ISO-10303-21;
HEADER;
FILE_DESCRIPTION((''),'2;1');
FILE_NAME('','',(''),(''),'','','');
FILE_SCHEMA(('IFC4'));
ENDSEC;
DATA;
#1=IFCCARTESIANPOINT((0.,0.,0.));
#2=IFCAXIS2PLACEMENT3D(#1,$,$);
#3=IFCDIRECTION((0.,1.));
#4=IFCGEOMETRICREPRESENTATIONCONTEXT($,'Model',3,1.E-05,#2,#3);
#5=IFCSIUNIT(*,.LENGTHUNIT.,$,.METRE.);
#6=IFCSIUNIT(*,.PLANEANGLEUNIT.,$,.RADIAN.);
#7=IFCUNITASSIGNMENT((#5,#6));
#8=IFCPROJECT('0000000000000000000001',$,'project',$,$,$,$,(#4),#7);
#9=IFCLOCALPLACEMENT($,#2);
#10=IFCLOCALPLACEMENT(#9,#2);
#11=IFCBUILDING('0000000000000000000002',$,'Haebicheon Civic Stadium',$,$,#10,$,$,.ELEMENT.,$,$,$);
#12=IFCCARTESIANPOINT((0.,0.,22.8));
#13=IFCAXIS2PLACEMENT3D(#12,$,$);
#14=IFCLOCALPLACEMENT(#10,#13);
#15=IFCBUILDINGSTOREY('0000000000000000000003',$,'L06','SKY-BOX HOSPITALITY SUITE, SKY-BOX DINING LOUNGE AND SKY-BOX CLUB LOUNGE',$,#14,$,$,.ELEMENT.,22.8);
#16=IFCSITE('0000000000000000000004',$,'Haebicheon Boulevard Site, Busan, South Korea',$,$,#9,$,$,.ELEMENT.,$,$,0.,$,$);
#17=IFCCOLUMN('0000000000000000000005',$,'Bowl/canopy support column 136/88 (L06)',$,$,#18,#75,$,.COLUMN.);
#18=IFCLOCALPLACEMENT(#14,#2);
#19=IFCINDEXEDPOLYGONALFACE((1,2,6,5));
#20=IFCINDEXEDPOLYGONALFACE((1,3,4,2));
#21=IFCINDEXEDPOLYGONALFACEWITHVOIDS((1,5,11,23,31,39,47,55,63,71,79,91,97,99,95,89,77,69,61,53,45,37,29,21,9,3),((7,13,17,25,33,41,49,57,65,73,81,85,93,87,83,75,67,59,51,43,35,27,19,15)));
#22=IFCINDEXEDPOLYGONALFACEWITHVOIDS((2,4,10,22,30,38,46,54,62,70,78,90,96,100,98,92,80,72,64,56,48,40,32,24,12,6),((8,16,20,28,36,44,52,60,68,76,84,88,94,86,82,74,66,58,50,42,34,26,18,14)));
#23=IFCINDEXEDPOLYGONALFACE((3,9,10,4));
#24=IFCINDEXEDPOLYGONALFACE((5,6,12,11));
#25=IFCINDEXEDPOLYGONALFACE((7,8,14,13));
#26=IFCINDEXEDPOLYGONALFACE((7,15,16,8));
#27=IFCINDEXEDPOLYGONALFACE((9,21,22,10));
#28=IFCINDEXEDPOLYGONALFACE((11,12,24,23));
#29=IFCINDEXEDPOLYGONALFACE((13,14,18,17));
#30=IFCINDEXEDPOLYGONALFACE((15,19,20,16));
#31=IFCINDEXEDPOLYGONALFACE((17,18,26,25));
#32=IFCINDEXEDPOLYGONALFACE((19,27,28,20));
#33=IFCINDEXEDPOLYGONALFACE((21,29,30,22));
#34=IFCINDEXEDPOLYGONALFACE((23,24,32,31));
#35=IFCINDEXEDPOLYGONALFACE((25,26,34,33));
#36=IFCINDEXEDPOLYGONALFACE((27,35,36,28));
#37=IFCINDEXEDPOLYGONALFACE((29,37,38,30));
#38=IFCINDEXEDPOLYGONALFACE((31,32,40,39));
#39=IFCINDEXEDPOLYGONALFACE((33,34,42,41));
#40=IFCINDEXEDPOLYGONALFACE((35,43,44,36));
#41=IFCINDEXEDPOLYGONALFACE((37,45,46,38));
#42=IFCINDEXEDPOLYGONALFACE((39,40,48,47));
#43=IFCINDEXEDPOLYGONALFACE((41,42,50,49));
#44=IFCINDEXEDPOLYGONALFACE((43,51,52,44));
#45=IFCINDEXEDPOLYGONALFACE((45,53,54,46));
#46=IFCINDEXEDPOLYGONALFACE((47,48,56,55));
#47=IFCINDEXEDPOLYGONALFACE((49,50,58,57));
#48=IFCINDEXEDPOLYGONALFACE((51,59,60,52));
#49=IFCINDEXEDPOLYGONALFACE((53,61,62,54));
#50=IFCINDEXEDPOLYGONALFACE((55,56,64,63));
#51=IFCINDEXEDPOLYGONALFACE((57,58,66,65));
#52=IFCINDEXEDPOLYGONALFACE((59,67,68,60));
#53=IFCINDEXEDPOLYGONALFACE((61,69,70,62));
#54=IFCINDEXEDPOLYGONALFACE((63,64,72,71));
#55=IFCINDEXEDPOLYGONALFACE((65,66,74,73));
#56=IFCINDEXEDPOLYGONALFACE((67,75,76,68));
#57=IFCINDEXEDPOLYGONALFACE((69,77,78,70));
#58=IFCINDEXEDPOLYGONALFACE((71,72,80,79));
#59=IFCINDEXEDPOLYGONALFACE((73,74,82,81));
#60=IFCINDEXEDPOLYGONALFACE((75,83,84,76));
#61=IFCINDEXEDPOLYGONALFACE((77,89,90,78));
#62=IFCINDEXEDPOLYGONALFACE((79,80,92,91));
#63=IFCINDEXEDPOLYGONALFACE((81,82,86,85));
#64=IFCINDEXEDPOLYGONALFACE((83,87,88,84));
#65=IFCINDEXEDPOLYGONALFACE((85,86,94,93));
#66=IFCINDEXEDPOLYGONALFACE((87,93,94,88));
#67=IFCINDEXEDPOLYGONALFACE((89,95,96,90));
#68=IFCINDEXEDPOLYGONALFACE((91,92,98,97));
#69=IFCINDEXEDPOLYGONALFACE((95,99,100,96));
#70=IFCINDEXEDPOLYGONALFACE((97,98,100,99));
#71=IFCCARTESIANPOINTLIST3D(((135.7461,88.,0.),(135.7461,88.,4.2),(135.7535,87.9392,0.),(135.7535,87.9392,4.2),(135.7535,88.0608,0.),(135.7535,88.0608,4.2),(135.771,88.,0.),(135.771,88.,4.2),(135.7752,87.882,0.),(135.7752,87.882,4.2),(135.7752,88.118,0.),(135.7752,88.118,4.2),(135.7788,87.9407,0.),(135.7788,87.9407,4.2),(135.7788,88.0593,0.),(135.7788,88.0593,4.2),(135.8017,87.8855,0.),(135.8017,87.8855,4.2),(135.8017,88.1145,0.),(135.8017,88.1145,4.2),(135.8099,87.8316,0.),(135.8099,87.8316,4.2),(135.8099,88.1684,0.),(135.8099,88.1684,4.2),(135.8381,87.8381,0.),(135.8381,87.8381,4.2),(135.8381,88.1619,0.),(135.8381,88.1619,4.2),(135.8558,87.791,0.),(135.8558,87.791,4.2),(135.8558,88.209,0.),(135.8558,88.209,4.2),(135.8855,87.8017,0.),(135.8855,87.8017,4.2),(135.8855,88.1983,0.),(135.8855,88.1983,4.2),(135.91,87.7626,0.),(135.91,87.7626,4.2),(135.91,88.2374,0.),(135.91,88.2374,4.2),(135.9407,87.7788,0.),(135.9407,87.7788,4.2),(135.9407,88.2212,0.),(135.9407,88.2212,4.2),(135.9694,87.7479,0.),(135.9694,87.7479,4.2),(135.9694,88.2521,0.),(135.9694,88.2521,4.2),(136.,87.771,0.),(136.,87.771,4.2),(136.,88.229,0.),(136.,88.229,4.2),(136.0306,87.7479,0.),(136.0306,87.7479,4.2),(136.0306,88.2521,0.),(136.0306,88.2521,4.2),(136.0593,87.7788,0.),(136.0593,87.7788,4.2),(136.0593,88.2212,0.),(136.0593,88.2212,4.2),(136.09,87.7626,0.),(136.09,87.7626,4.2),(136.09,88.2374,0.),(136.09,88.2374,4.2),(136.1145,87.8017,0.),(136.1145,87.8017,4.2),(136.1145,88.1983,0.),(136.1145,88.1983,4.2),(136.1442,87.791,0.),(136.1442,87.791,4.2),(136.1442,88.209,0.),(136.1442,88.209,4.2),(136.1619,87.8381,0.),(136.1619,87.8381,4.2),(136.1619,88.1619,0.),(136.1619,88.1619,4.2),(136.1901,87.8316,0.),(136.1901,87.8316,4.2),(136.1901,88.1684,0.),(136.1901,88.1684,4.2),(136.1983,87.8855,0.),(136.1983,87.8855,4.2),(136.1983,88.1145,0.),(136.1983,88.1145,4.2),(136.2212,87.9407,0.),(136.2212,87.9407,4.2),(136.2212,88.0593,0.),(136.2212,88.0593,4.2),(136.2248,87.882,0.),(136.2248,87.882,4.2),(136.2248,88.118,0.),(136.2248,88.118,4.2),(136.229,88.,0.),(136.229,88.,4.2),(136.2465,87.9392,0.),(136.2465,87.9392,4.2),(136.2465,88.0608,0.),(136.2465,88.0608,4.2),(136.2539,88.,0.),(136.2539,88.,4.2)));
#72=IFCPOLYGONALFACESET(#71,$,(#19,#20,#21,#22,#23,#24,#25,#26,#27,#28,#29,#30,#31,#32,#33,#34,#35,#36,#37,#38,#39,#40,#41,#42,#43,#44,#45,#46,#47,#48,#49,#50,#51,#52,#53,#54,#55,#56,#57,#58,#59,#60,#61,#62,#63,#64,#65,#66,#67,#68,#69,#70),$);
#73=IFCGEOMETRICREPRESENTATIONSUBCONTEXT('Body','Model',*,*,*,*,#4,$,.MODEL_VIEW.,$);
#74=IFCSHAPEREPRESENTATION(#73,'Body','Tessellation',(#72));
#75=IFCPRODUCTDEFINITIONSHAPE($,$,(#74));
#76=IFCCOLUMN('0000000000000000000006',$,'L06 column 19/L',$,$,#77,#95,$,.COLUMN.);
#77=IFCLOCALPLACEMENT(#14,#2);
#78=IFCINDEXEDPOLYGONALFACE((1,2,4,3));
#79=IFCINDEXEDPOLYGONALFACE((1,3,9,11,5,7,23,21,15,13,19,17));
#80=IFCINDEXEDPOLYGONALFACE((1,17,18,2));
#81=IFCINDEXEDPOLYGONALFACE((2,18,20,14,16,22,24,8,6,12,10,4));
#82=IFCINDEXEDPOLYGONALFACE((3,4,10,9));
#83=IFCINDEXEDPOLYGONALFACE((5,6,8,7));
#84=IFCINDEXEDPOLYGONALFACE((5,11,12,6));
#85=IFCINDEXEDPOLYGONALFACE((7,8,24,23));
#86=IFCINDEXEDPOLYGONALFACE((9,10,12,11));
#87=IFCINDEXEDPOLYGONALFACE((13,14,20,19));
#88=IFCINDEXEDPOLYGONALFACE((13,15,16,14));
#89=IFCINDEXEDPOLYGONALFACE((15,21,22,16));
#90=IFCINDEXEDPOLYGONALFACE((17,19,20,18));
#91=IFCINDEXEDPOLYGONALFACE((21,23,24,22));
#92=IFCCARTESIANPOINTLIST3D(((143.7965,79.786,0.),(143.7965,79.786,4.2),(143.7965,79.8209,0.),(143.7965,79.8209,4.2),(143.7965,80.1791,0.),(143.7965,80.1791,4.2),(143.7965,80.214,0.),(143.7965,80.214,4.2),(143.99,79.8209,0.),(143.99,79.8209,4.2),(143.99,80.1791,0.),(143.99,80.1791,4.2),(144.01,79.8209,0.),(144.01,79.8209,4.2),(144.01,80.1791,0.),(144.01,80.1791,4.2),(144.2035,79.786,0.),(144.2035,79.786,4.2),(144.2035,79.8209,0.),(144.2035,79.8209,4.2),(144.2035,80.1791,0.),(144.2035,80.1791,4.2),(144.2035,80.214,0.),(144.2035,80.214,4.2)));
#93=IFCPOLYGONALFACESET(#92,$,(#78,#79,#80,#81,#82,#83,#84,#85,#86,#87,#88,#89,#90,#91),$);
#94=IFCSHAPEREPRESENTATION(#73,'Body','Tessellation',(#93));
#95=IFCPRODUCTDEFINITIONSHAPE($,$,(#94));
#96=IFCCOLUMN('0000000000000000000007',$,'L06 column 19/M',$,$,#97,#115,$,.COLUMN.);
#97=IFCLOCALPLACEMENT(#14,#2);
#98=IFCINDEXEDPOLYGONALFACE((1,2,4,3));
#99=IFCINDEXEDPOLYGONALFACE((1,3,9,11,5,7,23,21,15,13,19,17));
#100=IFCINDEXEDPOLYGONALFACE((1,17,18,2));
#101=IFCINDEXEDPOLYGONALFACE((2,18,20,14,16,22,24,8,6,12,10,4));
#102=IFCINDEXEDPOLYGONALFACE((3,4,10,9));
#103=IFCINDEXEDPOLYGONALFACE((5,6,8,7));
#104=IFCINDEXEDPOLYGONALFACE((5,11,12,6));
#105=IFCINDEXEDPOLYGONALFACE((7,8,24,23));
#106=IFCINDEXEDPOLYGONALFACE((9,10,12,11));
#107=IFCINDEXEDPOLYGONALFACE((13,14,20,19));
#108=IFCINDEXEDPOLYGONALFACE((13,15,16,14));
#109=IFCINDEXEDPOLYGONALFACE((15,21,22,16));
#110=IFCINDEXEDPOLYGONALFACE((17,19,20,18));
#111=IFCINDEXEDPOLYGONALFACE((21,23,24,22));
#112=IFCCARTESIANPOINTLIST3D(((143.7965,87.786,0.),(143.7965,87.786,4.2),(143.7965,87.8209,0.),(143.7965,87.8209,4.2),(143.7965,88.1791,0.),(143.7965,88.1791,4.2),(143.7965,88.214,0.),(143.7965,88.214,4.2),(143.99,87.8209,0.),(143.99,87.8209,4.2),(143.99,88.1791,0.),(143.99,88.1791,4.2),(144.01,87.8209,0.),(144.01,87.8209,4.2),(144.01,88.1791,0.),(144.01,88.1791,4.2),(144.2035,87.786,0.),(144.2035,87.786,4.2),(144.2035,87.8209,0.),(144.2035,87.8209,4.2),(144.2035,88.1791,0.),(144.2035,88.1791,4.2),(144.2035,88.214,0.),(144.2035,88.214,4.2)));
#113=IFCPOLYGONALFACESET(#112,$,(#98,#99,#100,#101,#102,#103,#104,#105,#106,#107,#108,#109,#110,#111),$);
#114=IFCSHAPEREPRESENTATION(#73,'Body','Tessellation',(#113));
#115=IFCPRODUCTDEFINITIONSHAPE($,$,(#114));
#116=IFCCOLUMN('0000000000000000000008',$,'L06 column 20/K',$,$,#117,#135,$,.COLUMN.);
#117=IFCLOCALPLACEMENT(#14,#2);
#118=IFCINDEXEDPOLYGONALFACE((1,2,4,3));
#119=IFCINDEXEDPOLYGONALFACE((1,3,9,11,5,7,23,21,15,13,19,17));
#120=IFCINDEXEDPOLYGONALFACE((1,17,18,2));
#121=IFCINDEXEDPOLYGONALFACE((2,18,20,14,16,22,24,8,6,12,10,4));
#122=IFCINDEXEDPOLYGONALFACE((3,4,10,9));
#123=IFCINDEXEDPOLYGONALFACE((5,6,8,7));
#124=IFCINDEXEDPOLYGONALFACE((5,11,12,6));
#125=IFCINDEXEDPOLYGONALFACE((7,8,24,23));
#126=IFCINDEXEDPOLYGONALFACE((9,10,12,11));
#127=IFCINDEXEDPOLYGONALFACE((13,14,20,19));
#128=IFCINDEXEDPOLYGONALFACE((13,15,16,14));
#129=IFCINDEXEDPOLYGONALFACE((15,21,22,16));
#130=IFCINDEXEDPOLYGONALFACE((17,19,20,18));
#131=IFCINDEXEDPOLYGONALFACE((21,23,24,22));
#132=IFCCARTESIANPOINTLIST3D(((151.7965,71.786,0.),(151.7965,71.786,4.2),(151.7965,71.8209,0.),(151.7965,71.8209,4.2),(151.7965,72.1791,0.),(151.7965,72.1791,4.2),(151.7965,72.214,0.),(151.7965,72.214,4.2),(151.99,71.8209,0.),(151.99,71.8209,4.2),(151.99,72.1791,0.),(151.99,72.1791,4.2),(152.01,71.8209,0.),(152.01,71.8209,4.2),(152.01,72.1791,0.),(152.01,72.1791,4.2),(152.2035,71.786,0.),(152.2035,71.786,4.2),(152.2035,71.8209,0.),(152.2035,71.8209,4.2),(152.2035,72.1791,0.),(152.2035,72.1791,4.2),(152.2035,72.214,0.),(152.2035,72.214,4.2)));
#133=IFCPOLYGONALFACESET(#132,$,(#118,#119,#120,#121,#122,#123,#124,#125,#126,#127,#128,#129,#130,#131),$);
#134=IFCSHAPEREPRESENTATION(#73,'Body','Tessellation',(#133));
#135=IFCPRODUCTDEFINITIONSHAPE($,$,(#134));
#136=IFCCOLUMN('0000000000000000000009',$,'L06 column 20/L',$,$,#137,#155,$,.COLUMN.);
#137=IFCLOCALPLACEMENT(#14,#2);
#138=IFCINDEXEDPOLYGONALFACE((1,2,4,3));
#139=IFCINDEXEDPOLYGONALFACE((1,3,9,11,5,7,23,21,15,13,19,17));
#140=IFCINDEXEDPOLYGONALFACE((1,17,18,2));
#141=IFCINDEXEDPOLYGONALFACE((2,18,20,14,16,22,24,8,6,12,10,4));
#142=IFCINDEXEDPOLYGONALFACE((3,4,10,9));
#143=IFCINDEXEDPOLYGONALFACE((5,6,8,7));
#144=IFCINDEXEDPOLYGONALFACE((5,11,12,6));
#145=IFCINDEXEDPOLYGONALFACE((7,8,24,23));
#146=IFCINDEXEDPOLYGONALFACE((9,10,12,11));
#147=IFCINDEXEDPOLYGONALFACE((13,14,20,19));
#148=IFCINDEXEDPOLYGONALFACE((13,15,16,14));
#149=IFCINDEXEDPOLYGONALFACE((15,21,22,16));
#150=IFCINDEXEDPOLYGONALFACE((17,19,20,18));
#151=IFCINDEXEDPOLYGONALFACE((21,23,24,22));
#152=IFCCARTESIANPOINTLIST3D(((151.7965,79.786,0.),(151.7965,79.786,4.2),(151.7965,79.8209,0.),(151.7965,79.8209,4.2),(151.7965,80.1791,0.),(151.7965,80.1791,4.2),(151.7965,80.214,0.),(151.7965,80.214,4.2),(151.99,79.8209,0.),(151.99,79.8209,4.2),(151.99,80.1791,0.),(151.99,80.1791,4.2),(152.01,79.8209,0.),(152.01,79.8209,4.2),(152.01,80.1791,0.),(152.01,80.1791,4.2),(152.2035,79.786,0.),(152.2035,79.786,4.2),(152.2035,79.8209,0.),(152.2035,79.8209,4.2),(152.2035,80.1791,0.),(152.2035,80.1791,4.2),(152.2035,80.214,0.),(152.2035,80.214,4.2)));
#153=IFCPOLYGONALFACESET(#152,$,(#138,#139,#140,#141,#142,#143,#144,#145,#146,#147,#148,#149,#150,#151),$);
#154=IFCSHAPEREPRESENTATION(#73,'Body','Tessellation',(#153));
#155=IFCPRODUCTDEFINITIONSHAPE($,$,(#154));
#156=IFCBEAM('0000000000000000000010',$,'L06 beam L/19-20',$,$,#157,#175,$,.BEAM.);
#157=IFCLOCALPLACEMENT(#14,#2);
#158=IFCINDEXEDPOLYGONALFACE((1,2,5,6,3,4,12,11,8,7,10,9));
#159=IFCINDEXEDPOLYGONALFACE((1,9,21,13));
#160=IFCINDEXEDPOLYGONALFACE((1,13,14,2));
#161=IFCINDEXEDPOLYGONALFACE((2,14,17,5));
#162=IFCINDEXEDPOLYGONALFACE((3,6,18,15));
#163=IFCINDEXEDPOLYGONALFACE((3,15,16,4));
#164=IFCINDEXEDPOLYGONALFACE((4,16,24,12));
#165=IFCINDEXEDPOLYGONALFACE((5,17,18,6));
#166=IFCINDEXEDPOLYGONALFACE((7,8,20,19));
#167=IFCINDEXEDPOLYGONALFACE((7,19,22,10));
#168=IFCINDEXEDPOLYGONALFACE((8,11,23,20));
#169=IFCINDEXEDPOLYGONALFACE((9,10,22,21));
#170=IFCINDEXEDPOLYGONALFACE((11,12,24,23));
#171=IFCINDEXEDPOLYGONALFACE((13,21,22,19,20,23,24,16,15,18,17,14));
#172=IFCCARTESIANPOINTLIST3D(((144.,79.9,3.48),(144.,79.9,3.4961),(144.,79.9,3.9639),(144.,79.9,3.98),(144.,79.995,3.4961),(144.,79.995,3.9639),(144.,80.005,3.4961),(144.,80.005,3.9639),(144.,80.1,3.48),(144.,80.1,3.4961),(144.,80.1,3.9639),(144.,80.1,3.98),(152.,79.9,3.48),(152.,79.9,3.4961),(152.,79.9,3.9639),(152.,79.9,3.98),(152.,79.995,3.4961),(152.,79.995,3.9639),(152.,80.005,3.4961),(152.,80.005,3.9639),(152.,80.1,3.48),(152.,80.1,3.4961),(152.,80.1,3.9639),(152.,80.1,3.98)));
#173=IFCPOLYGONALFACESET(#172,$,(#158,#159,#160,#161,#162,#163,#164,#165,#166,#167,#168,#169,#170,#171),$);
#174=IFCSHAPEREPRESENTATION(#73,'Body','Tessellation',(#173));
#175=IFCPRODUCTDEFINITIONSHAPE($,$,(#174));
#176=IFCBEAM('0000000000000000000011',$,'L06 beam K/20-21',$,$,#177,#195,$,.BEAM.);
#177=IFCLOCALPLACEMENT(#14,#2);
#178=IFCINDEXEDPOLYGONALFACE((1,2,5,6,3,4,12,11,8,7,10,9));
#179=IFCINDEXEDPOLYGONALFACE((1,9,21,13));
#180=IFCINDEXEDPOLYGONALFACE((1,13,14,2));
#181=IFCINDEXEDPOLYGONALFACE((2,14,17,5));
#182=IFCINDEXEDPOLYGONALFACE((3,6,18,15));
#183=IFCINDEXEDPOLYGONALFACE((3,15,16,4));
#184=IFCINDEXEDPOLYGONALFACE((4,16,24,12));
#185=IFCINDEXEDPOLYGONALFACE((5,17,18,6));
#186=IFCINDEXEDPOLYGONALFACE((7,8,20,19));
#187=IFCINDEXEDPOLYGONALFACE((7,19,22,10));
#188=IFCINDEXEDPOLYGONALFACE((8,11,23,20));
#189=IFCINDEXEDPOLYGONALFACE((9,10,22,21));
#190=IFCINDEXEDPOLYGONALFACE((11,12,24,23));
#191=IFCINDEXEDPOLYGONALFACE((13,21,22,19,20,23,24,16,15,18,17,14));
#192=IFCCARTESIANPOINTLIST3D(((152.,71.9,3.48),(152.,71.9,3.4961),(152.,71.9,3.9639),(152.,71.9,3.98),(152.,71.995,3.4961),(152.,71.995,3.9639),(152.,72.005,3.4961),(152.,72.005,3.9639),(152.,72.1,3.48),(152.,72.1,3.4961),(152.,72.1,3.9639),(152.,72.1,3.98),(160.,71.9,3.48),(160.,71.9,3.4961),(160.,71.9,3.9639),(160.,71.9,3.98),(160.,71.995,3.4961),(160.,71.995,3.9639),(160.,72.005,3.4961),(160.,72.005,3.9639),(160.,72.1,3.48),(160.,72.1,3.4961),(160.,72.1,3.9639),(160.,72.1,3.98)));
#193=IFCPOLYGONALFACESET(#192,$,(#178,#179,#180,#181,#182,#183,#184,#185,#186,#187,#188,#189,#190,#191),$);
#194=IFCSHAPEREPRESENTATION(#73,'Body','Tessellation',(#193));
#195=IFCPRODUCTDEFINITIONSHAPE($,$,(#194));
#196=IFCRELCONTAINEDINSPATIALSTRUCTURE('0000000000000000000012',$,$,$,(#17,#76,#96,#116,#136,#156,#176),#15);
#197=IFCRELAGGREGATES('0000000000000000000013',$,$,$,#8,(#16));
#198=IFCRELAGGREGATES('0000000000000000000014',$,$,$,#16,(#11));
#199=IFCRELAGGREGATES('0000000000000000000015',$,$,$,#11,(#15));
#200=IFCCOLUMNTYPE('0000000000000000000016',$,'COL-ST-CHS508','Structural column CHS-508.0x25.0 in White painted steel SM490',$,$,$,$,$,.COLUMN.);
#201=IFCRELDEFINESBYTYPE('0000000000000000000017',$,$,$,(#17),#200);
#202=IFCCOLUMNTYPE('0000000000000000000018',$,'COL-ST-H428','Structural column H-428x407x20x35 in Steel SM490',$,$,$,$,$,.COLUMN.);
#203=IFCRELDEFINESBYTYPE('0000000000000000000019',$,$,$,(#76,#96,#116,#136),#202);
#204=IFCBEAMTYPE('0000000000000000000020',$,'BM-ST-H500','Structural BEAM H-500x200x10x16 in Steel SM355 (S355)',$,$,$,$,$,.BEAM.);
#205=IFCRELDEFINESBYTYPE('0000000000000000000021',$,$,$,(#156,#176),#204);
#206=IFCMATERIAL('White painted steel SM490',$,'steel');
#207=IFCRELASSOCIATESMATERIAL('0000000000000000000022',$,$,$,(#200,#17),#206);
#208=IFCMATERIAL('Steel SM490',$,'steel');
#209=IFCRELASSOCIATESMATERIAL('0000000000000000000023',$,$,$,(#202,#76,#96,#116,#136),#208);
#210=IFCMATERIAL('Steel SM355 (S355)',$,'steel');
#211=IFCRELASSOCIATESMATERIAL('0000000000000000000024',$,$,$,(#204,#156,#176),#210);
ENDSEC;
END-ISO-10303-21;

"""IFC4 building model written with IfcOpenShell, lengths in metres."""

from ifc_helpers import new_model, si_unit, direction, frame, origin, origin_2d, place, context, subcontext, project, spatial, hollow_circle, i_section, extrude, material, material_profile, profile_set, type_object, element, save


model = new_model("IFC4")

# Units and contexts
model_context = context("Model", 3, precision=1e-05, world=origin(), true_north=direction((0.0, 1.0)))
body_context = subcontext(model_context, "Body", "Model", "MODEL_VIEW")
ifc_project = project(units=[si_unit("LENGTHUNIT", "METRE"), si_unit("PLANEANGLEUNIT", "RADIAN")], contexts=[model_context])

# Site, building, storey
site_placement = place(None, origin())
site = spatial("IfcSite", under=ifc_project, at=site_placement, Name="Haebicheon Boulevard Site, Busan, South Korea", CompositionType="ELEMENT", RefElevation=0.0)
building_placement = place(site_placement, origin())
building = spatial("IfcBuilding", under=site, at=building_placement, Name="Haebicheon Civic Stadium", CompositionType="ELEMENT")
storey_placement = place(building_placement, frame((0.0, 0.0, 22.8)))
storey = spatial("IfcBuildingStorey", under=building, at=storey_placement, Name="L06", Description="SKY-BOX HOSPITALITY SUITE, SKY-BOX DINING LOUNGE AND SKY-BOX CLUB LOUNGE", CompositionType="ELEMENT", Elevation=22.8)

# Columns
ifc_material_1 = material(Name="White painted steel SM490", Category="steel")
ifc_material_profile_1 = material_profile(ifc_material_1, hollow_circle(Radius=0.2539, WallThickness=0.0249, at=origin_2d()), Name="CHS-508.0x25.0")
ifc_profile_set_1 = profile_set([ifc_material_profile_1], Name="White painted steel SM490")
column_type_1 = type_object("IfcColumnType", Name="COL-ST-CHS508", Description="Structural column CHS-508.0x25.0 in White painted steel SM490", PredefinedType="COLUMN", material=ifc_profile_set_1)
column_placement = place(storey_placement, frame((136.0, 88.0, 0.0), z_axis=(0.0, 0.0, 1.0), x_axis=(1.0, 0.0, 0.0)))
element("IfcColumn", 1, at=column_placement, inside=storey, type_object=column_type_1, material=ifc_profile_set_1, Name="Bowl/canopy support column 136/88 (L06)", PredefinedType="COLUMN", context=body_context, shape_type="SweptSolid", body=[
    extrude(hollow_circle(Radius=0.2539, WallThickness=0.0249, at=origin_2d()), origin(), (0.0, 0.0, 1.0), 4.2),
])
ifc_material_2 = material(Name="Steel SM490", Category="steel")
ifc_material_profile_2 = material_profile(ifc_material_2, i_section(OverallWidth=0.407, OverallDepth=0.428, WebThickness=0.02, FlangeThickness=0.0349, at=origin_2d()), Name="H-428x407x20x35")
ifc_profile_set_2 = profile_set([ifc_material_profile_2], Name="Steel SM490")
column_type_2 = type_object("IfcColumnType", Name="COL-ST-H428", Description="Structural column H-428x407x20x35 in Steel SM490", PredefinedType="COLUMN", material=ifc_profile_set_2)
for number, where, z_axis, x_axis, name in (
    (2, (144.0, 80.0, 0.0), (0.0, 0.0, 1.0), (1.0, 0.0, 0.0), "L06 column 19/L"),
    (3, (144.0, 88.0, 0.0), (0.0, 0.0, 1.0), (1.0, 0.0, 0.0), "L06 column 19/M"),
    (4, (152.0, 72.0, 0.0), (0.0, 0.0, 1.0), (1.0, 0.0, 0.0), "L06 column 20/K"),
    (5, (152.0, 80.0, 0.0), (0.0, 0.0, 1.0), (1.0, 0.0, 0.0), "L06 column 20/L"),
):
    element("IfcColumn", number, at=place(storey_placement, frame(where, z_axis=z_axis, x_axis=x_axis)), inside=storey, type_object=column_type_2, material=ifc_profile_set_2, Name=name, PredefinedType="COLUMN", context=body_context, shape_type="SweptSolid", body=[
        extrude(i_section(OverallWidth=0.407, OverallDepth=0.428, WebThickness=0.02, FlangeThickness=0.0349, at=origin_2d()), origin(), (0.0, 0.0, 1.0), 4.2),
    ])

# Beams
ifc_material_3 = material(Name="Steel SM355 (S355)", Category="steel")
ifc_material_profile_3 = material_profile(ifc_material_3, i_section(OverallWidth=0.2, OverallDepth=0.5, WebThickness=0.01, FlangeThickness=0.0161, at=origin_2d()), Name="H-500x200x10x16")
ifc_profile_set_3 = profile_set([ifc_material_profile_3], Name="Steel SM355 (S355)")
beam_type_1 = type_object("IfcBeamType", Name="BM-ST-H500", Description="Structural BEAM H-500x200x10x16 in Steel SM355 (S355)", PredefinedType="BEAM", material=ifc_profile_set_3)
for number, where, z_axis, x_axis, name in (
    (6, (144.0, 80.0, 3.73), (1.0, 0.0, 0.0), (0.0, 1.0, 0.0), "L06 beam L/19-20"),
    (7, (152.0, 72.0, 3.73), (1.0, 0.0, 0.0), (0.0, 1.0, 0.0), "L06 beam K/20-21"),
):
    element("IfcBeam", number, at=place(storey_placement, frame(where, z_axis=z_axis, x_axis=x_axis)), inside=storey, type_object=beam_type_1, material=ifc_profile_set_3, Name=name, PredefinedType="BEAM", context=body_context, shape_type="SweptSolid", body=[
        extrude(i_section(OverallWidth=0.2, OverallDepth=0.5, WebThickness=0.01, FlangeThickness=0.0161, at=origin_2d()), origin(), (0.0, 0.0, 1.0), 8.0),
    ])

save(model, "model.ifc")
